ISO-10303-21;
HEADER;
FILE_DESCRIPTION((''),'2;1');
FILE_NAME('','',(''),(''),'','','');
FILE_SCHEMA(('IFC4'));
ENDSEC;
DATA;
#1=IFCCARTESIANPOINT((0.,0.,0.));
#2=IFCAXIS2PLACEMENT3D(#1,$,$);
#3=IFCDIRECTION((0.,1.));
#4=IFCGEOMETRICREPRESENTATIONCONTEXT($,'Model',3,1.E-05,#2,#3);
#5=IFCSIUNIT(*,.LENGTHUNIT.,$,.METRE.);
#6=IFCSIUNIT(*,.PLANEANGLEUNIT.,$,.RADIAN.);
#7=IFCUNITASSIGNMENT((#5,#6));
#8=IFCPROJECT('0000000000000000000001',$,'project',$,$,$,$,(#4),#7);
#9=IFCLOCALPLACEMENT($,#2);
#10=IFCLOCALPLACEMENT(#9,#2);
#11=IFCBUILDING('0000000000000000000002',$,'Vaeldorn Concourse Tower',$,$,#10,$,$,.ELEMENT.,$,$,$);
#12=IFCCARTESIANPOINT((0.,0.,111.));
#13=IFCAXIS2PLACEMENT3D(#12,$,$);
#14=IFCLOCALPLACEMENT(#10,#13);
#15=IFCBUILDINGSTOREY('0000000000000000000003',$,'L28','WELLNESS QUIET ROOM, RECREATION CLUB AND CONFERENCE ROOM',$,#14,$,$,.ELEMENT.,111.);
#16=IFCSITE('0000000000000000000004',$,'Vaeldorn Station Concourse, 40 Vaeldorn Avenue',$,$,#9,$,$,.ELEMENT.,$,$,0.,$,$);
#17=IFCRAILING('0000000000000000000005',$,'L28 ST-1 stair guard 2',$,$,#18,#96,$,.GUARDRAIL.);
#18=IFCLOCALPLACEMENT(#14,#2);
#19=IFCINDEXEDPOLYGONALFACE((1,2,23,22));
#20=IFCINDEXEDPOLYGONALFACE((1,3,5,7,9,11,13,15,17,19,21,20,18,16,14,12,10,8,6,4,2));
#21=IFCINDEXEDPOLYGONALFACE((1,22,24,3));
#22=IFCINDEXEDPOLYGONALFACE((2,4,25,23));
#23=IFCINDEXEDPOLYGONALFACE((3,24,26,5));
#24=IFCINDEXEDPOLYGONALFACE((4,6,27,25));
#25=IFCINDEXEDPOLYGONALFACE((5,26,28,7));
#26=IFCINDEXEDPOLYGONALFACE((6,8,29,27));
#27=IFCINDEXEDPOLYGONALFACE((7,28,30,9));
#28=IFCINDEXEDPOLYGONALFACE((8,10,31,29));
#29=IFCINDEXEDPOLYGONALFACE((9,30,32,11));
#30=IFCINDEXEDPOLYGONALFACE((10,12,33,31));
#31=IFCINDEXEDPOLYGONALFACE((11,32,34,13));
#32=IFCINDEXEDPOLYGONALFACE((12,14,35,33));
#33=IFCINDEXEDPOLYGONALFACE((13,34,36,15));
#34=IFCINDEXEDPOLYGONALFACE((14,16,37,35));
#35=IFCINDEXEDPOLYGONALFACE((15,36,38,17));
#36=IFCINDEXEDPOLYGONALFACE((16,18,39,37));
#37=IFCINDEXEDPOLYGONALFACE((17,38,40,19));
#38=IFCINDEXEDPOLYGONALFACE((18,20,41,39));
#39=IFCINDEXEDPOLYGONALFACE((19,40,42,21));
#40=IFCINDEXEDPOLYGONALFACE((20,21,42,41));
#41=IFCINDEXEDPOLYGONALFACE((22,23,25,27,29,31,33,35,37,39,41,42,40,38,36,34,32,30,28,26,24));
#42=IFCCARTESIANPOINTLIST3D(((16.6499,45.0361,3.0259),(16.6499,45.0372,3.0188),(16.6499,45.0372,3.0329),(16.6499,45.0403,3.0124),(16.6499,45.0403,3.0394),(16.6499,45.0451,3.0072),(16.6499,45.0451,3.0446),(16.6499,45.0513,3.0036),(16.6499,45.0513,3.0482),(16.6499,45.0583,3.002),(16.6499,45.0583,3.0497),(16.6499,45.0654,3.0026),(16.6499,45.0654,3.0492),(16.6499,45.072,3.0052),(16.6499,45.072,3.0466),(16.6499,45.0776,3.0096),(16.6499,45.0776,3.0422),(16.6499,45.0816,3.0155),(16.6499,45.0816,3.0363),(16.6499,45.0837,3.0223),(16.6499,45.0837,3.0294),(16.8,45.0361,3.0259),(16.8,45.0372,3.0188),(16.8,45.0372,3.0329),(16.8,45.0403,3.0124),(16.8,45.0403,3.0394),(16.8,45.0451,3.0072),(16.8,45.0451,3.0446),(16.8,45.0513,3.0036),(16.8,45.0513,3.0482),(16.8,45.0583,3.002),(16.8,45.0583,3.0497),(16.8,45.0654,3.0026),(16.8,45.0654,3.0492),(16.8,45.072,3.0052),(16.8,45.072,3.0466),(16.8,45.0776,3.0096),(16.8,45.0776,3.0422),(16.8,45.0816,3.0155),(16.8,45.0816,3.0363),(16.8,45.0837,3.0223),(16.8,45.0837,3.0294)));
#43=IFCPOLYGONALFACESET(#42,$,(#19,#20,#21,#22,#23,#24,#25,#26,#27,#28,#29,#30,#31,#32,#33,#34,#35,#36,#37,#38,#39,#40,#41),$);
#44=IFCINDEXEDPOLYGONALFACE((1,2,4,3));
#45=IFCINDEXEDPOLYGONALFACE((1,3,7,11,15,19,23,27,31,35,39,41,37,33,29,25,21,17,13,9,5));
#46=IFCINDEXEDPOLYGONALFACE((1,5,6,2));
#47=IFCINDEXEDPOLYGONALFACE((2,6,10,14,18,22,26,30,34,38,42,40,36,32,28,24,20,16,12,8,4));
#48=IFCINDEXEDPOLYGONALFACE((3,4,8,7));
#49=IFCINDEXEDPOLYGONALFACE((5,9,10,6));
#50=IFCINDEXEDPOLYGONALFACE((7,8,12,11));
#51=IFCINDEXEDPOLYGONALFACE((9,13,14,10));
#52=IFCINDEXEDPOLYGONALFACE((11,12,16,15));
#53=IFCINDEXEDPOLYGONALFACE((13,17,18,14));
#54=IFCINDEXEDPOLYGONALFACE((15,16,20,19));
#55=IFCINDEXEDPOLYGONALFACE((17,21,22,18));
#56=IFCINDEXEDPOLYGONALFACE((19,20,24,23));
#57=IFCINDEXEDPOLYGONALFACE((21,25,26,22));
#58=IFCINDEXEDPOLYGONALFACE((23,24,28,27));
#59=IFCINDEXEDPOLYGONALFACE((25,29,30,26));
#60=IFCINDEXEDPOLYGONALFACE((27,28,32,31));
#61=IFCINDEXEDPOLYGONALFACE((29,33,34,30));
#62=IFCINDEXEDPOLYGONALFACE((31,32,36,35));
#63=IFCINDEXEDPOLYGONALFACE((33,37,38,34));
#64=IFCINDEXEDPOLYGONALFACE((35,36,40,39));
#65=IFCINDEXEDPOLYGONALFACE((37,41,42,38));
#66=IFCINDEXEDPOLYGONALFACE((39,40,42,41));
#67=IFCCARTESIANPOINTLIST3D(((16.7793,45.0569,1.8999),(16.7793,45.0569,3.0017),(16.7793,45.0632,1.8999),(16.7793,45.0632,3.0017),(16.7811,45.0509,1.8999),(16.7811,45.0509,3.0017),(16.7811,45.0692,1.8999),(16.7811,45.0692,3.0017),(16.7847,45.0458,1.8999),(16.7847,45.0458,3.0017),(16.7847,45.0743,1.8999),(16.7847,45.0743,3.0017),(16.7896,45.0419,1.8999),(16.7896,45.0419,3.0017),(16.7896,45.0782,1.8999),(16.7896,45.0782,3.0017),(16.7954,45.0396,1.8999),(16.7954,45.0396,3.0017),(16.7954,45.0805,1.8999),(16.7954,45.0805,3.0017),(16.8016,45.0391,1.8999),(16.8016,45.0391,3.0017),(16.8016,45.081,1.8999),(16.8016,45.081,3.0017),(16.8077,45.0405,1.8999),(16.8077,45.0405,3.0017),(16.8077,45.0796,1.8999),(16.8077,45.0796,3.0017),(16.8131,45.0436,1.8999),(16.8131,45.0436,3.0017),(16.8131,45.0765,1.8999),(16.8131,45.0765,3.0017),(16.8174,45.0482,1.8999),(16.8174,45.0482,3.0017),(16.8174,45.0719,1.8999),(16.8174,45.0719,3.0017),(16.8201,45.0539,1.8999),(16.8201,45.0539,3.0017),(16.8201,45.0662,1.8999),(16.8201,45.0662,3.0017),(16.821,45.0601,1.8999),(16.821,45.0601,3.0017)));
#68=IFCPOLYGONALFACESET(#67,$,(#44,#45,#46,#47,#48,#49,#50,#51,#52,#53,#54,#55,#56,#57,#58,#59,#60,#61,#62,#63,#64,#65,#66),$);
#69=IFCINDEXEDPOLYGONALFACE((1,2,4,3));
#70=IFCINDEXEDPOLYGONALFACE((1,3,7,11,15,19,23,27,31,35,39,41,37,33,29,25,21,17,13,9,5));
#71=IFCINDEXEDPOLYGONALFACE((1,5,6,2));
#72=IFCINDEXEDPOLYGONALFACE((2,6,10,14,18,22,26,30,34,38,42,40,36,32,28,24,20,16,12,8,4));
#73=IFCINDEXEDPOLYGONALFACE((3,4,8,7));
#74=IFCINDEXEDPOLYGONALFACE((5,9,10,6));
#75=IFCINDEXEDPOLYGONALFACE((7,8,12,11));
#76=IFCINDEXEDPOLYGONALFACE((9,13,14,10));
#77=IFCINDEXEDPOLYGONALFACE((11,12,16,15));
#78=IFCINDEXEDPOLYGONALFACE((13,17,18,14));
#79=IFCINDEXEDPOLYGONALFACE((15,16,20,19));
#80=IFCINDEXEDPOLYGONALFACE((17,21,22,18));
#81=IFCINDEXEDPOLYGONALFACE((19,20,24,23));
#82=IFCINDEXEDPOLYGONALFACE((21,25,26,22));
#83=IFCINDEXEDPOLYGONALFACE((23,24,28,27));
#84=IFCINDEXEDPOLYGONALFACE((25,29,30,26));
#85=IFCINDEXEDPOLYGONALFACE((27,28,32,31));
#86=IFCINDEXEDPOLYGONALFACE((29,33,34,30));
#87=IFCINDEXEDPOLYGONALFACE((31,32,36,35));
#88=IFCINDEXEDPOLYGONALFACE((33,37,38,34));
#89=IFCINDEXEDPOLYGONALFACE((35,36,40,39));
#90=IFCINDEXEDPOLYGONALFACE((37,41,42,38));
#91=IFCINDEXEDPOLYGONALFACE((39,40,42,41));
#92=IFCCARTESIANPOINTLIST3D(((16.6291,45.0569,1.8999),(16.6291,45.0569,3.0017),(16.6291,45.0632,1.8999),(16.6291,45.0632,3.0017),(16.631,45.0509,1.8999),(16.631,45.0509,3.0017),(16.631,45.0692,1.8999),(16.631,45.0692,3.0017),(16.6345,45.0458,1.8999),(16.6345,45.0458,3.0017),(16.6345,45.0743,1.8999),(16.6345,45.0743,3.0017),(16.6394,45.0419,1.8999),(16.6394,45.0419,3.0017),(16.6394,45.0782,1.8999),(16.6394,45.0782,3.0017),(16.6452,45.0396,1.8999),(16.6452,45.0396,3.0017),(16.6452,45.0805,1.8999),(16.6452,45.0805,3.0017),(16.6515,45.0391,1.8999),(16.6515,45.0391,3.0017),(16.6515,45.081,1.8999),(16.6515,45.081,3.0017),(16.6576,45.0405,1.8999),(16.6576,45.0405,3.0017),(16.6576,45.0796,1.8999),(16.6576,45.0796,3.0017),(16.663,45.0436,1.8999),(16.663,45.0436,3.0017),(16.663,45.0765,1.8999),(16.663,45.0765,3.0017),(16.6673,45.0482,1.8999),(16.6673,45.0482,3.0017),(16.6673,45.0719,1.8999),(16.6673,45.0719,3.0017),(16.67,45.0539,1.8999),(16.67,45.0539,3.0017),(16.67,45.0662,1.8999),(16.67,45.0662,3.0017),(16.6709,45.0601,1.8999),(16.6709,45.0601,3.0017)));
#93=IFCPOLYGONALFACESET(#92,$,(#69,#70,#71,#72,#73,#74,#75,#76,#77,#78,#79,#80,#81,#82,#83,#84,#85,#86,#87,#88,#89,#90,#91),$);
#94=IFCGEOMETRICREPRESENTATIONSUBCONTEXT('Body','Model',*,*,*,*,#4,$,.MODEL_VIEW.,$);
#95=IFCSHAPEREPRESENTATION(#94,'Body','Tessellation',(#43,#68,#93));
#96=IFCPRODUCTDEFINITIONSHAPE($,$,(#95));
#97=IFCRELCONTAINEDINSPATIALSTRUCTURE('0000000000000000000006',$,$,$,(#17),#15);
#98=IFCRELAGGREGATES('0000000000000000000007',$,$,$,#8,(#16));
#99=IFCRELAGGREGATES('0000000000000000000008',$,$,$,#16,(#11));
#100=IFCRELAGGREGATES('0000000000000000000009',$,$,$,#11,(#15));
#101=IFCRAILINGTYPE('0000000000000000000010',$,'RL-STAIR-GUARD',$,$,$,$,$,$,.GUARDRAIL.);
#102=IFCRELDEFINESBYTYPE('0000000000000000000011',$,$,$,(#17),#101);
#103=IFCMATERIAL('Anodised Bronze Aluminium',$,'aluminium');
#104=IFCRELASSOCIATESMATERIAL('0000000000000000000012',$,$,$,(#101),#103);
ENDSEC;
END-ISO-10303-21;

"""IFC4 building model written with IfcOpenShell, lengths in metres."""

from ifc_helpers import new_model, si_unit, direction, frame, origin, origin_2d, place, context, subcontext, project, spatial, circle, extrude, material, type_object, element, save


model = new_model("IFC4")

# Units and contexts
model_context = context("Model", 3, precision=1e-05, world=origin(), true_north=direction((0.0, 1.0)))
body_context = subcontext(model_context, "Body", "Model", "MODEL_VIEW")
ifc_project = project(units=[si_unit("LENGTHUNIT", "METRE"), si_unit("PLANEANGLEUNIT", "RADIAN")], contexts=[model_context])

# Site, building, storey
site_placement = place(None, origin())
site = spatial("IfcSite", under=ifc_project, at=site_placement, Name="Vaeldorn Station Concourse, 40 Vaeldorn Avenue", CompositionType="ELEMENT", RefElevation=0.0)
building_placement = place(site_placement, origin())
building = spatial("IfcBuilding", under=site, at=building_placement, Name="Vaeldorn Concourse Tower", CompositionType="ELEMENT")
storey_placement = place(building_placement, frame((0.0, 0.0, 111.0)))
storey = spatial("IfcBuildingStorey", under=building, at=storey_placement, Name="L28", Description="WELLNESS QUIET ROOM, RECREATION CLUB AND CONFERENCE ROOM", CompositionType="ELEMENT", Elevation=111.0)

# Shared definitions
ifc_material_1 = material(Name="Anodised Bronze Aluminium", Category="aluminium")

# Railing
railing_type_1 = type_object("IfcRailingType", Name="RL-STAIR-GUARD", PredefinedType="GUARDRAIL", material=ifc_material_1)
railing_1_placement = place(storey_placement, frame((16.8, 45.0601, 1.8999)))
element("IfcRailing", 1, at=railing_1_placement, inside=storey, type_object=railing_type_1, Name="L28 ST-1 stair guard 2", PredefinedType="GUARDRAIL", context=body_context, shape_type="SweptSolid", body=[
    extrude(circle(Radius=0.0239, at=origin_2d()), frame((0.0, 0.0, 1.126), z_axis=(-1.0, 0.0, 0.0), x_axis=(0.0, -1.0, 0.0)), (0.0, 0.0, 1.0), 0.1501),
    extrude(circle(Radius=0.021, at=origin_2d()), origin(), (0.0, 0.0, 1.0), 1.1018),
    extrude(circle(Radius=0.021, at=origin_2d()), frame((-0.1501, 0.0, 0.0)), (0.0, 0.0, 1.0), 1.1018),
])

save(model, "model.ifc")
